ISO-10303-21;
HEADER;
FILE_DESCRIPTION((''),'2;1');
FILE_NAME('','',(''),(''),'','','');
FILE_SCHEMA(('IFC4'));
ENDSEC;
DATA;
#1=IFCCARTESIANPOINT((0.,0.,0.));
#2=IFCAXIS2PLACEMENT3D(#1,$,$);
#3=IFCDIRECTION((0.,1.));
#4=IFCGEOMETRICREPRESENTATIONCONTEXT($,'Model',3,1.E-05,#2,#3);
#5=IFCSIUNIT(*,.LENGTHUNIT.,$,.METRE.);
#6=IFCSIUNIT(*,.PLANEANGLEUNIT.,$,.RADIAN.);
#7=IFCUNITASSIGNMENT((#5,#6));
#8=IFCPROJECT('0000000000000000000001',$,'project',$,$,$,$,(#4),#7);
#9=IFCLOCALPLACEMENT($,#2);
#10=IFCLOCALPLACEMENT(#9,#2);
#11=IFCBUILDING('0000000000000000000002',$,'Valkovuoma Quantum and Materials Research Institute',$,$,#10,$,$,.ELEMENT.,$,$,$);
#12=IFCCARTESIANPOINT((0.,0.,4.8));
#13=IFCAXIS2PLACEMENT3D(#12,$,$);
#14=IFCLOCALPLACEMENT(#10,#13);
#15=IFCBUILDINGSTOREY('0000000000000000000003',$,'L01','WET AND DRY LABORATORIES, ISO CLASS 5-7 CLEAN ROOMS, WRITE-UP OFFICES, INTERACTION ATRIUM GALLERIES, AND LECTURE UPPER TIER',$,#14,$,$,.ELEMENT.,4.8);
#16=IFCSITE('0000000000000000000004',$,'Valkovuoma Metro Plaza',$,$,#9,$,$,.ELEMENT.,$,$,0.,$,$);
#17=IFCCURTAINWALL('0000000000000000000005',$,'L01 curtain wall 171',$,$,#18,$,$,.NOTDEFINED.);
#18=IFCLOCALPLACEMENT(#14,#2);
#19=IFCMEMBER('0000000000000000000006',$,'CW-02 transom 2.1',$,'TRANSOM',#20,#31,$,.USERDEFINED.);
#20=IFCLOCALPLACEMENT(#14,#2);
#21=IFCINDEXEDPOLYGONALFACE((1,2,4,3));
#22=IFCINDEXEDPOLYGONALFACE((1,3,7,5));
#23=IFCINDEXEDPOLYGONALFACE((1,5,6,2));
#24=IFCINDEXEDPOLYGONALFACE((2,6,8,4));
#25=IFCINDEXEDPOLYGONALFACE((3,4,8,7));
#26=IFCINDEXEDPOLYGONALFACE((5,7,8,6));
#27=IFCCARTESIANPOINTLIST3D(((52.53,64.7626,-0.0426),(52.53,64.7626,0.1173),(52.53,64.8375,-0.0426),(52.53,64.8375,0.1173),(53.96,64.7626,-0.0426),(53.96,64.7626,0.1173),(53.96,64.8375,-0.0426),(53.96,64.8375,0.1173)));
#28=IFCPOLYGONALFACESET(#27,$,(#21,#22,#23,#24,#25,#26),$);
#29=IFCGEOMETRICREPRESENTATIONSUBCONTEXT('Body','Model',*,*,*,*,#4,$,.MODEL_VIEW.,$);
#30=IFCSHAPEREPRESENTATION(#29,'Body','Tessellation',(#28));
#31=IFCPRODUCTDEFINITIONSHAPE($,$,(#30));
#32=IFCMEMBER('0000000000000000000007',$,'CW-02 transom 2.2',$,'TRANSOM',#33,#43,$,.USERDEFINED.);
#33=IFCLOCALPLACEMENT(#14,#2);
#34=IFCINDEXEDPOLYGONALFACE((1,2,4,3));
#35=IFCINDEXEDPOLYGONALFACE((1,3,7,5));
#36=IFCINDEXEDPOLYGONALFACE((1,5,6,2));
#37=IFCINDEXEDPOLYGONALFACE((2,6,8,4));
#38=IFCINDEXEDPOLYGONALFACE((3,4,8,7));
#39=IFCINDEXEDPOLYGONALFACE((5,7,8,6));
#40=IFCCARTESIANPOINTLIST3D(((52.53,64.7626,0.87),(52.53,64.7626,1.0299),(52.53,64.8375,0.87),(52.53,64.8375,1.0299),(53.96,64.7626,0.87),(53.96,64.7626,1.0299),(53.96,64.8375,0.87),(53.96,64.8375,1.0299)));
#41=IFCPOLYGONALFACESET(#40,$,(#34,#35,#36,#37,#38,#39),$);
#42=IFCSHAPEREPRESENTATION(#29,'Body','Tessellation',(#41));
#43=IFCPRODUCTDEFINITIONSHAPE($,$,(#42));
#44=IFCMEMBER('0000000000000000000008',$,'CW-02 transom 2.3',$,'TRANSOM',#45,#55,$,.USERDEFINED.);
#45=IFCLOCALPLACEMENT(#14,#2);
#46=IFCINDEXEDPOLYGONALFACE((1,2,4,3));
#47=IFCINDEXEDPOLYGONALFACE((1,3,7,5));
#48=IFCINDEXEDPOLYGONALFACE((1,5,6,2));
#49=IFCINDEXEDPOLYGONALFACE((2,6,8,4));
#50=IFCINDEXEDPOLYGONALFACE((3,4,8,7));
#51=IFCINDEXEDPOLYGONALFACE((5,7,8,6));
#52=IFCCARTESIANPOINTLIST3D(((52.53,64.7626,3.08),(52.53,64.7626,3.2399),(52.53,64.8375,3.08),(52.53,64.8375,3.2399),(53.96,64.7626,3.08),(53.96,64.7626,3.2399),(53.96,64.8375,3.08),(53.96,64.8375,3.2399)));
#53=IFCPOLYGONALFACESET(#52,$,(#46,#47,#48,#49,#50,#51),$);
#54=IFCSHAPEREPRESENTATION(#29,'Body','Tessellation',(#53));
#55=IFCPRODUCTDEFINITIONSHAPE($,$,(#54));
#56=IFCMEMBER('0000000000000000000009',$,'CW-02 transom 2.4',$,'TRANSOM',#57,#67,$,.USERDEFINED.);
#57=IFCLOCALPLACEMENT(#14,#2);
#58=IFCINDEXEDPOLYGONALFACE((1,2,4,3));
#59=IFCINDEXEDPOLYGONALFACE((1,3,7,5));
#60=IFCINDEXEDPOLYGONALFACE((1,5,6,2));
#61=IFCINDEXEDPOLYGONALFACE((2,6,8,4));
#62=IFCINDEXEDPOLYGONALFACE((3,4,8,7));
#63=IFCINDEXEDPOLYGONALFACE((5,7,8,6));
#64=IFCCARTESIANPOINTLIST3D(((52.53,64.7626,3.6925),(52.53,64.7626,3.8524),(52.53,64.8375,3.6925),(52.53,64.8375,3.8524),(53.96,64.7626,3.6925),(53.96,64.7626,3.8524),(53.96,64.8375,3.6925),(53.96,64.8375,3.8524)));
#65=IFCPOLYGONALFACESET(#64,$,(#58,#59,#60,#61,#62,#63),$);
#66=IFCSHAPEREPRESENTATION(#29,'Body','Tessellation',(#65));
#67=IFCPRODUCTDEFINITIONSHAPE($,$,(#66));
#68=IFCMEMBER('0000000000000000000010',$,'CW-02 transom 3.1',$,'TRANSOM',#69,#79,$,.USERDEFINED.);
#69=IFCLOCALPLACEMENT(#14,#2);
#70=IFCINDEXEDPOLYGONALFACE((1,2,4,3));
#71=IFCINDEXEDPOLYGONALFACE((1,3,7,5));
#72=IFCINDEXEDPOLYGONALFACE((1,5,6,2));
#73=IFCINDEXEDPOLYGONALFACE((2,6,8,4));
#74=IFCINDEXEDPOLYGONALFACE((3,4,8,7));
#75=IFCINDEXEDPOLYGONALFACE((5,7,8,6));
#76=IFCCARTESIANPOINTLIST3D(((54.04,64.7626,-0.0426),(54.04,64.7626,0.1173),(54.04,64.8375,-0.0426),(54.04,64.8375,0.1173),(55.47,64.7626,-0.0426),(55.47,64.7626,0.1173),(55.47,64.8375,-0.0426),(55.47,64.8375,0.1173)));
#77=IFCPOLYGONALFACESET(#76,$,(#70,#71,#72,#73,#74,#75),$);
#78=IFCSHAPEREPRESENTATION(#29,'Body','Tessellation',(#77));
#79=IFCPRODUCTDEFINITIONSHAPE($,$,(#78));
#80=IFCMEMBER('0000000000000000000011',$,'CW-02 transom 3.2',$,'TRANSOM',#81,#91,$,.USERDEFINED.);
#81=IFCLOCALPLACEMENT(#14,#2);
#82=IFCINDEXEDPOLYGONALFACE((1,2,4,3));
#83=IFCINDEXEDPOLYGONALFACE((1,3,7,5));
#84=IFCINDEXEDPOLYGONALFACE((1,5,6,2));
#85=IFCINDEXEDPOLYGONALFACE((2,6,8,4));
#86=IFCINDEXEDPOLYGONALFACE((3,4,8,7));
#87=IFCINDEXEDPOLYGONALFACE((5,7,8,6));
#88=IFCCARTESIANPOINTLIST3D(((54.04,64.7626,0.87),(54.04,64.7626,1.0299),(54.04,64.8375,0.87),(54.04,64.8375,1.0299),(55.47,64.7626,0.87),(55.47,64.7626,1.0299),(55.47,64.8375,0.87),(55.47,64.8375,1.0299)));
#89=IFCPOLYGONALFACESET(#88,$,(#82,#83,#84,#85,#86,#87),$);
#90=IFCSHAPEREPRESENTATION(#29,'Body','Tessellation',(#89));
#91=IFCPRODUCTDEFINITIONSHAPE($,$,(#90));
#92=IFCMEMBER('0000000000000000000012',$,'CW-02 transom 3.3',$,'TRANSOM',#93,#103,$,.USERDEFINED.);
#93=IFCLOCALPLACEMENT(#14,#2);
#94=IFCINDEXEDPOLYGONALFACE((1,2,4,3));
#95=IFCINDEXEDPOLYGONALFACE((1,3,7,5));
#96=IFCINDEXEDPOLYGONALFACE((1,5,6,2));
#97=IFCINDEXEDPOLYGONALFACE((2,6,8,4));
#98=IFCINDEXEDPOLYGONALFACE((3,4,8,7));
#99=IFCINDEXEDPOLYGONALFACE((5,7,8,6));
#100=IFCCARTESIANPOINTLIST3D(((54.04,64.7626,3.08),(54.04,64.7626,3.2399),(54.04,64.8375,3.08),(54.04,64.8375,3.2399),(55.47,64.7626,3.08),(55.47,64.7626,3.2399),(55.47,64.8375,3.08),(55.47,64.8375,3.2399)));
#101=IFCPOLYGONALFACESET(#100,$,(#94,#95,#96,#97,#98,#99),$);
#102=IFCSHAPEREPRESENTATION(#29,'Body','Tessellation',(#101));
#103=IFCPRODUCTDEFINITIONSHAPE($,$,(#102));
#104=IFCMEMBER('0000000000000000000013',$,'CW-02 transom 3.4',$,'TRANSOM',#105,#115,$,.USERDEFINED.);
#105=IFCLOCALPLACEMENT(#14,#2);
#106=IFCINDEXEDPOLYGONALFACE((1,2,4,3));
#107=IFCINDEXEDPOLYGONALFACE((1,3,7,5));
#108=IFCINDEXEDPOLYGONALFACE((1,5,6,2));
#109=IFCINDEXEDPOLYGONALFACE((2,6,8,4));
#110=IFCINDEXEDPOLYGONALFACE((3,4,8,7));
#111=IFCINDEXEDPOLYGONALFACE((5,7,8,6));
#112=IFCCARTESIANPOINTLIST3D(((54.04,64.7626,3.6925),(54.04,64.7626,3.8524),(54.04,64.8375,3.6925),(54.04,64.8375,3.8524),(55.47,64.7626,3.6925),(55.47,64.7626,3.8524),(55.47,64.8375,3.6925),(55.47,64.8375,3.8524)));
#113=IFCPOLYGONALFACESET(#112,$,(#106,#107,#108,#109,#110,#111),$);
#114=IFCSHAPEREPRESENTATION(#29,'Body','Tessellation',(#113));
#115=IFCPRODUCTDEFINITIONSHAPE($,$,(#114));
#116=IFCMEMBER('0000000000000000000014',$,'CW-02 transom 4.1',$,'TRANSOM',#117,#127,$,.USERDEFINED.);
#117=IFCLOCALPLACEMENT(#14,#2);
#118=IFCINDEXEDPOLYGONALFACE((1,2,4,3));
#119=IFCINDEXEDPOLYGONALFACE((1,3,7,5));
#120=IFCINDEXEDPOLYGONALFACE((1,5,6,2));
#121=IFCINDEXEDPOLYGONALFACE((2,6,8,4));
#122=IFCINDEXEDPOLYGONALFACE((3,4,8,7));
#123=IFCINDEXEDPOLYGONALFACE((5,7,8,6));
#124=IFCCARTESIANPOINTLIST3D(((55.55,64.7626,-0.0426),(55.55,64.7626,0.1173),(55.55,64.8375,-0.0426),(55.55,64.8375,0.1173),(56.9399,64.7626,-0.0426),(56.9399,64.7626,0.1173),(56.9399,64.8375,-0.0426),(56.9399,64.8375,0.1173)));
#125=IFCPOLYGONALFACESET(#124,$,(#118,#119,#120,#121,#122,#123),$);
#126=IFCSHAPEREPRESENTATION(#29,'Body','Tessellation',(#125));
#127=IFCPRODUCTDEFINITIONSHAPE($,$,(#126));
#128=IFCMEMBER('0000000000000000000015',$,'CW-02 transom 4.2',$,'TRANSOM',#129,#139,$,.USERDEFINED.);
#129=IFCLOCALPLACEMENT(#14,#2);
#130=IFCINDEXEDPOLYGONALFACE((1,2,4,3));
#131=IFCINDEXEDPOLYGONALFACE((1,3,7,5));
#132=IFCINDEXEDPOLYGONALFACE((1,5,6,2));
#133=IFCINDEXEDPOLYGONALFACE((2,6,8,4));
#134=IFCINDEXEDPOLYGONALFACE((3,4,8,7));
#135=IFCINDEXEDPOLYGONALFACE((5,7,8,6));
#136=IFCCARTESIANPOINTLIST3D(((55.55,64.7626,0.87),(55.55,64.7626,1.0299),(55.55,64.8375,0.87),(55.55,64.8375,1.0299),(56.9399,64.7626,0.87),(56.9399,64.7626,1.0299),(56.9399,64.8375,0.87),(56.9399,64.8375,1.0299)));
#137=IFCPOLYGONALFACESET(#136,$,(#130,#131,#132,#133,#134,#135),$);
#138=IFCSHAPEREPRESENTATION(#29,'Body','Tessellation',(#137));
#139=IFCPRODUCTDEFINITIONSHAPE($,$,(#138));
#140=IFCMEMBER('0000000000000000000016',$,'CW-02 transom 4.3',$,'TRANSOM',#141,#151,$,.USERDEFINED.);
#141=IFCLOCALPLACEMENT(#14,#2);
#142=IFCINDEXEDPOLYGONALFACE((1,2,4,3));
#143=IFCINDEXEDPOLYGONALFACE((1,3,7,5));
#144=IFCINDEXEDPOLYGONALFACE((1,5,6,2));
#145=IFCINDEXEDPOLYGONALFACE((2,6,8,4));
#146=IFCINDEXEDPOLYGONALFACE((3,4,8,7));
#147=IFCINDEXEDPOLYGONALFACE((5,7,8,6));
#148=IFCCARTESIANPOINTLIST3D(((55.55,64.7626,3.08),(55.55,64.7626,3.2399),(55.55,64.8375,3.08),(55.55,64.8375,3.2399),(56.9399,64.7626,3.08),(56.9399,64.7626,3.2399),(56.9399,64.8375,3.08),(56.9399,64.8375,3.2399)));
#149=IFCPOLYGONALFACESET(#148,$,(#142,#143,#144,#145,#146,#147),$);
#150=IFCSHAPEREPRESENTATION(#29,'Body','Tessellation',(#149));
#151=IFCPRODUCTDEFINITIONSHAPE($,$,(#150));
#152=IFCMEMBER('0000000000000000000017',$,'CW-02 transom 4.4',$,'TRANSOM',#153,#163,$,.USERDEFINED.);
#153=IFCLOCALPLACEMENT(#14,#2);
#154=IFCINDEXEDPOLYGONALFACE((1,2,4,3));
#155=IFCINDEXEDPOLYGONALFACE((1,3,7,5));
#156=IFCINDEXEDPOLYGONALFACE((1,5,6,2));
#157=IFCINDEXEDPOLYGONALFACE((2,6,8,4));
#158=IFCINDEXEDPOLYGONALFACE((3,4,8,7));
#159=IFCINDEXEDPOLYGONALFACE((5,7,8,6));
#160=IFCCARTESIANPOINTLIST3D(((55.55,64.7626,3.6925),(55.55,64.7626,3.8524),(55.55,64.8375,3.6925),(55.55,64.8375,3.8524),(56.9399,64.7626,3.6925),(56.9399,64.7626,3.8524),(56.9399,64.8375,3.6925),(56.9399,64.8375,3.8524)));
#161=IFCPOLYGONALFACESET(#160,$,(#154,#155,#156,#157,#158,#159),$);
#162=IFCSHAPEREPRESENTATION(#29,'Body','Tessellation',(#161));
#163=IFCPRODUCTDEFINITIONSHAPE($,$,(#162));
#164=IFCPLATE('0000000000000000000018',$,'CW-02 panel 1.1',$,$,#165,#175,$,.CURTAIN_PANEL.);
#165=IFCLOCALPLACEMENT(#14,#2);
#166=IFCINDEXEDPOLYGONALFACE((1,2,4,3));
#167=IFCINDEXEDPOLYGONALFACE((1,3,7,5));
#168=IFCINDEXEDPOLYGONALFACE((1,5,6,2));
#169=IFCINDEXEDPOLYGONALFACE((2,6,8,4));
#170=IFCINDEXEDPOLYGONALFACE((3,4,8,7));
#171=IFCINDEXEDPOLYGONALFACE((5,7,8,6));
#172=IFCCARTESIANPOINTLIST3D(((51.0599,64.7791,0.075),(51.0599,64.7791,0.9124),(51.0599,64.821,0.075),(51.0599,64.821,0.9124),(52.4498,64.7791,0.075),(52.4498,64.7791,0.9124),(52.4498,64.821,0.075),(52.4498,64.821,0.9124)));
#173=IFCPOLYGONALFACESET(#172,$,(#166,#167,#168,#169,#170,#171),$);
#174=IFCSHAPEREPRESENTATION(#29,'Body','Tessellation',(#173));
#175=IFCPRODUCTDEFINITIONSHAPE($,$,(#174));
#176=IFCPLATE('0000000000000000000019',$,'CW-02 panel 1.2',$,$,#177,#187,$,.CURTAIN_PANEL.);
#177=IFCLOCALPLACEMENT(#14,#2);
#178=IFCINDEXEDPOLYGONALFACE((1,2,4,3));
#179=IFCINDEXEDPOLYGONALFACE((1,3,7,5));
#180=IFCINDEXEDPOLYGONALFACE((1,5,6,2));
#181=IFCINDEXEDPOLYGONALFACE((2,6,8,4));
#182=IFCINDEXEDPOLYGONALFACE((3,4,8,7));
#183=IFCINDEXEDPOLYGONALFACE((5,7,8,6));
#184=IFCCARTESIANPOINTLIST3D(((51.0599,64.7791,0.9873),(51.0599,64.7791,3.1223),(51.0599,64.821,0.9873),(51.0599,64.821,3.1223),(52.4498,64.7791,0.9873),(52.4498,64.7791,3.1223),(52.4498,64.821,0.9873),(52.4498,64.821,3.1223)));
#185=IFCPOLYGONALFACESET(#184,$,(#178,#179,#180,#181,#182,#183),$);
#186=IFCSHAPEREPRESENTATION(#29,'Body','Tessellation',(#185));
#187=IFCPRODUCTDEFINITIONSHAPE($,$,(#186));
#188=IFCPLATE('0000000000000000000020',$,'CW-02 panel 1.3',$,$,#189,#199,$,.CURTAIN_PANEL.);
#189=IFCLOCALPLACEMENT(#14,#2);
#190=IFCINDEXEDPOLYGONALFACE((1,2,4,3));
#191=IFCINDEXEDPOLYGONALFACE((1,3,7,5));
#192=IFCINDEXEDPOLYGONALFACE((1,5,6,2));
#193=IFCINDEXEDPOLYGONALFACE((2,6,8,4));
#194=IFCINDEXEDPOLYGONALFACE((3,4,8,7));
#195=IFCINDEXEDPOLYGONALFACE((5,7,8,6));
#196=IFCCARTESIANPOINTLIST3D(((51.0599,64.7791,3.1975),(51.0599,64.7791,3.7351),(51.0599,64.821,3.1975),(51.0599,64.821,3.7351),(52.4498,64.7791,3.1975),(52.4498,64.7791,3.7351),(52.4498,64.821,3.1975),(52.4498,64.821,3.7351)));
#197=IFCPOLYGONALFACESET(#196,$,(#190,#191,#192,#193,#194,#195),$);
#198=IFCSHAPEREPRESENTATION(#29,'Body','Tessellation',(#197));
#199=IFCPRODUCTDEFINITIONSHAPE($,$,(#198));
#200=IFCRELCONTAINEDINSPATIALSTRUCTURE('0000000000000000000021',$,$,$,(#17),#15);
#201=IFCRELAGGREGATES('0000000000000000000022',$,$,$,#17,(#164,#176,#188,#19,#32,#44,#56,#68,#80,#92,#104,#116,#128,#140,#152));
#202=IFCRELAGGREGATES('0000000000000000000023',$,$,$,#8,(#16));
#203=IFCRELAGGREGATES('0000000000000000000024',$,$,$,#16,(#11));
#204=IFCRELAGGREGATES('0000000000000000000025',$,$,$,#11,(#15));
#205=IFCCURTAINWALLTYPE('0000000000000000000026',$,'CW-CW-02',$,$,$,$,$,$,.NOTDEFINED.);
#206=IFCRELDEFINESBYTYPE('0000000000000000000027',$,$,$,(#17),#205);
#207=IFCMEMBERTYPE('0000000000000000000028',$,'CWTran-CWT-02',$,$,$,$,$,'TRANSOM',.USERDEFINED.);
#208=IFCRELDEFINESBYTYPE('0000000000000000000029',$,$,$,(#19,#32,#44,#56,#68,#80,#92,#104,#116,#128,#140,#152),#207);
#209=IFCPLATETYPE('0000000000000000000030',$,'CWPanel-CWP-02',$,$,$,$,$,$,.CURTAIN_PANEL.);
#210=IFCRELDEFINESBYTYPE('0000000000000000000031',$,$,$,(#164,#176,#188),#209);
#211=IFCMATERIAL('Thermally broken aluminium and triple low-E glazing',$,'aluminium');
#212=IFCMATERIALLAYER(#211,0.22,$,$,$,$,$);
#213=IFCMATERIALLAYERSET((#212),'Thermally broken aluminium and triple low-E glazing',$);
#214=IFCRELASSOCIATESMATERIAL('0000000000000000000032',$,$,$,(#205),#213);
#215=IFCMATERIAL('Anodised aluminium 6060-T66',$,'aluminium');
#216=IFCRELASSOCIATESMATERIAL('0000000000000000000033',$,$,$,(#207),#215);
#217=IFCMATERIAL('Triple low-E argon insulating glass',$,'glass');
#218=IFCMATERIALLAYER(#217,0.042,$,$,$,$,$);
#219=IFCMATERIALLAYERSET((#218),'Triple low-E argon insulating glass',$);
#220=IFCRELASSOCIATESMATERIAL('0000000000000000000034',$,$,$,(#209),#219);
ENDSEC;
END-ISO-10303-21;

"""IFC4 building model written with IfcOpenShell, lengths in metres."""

from ifc_helpers import new_model, si_unit, direction, frame, origin, origin_2d, place, context, subcontext, project, spatial, rectangle, extrude, material, layer, layer_set, material_profile, profile_set, type_object, element, aggregate, save


model = new_model("IFC4")

# Units and contexts
model_context = context("Model", 3, precision=1e-05, world=origin(), true_north=direction((0.0, 1.0)))
body_context = subcontext(model_context, "Body", "Model", "MODEL_VIEW")
ifc_project = project(units=[si_unit("LENGTHUNIT", "METRE"), si_unit("PLANEANGLEUNIT", "RADIAN")], contexts=[model_context])

# Site, building, storey
site_placement = place(None, origin())
site = spatial("IfcSite", under=ifc_project, at=site_placement, Name="Valkovuoma Metro Plaza", CompositionType="ELEMENT", RefElevation=0.0)
building_placement = place(site_placement, origin())
building = spatial("IfcBuilding", under=site, at=building_placement, Name="Valkovuoma Quantum and Materials Research Institute", CompositionType="ELEMENT")
storey_placement = place(building_placement, frame((0.0, 0.0, 4.8)))
storey = spatial("IfcBuildingStorey", under=building, at=storey_placement, Name="L01", Description="WET AND DRY LABORATORIES, ISO CLASS 5-7 CLEAN ROOMS, WRITE-UP OFFICES, INTERACTION ATRIUM GALLERIES, AND LECTURE UPPER TIER", CompositionType="ELEMENT", Elevation=4.8)

# Curtain wall, members, plates
ifc_material_1 = material(Name="Thermally broken aluminium and triple low-E glazing", Category="aluminium")
ifc_layer_1 = layer(ifc_material_1, 0.22)
ifc_layer_set_1 = layer_set([ifc_layer_1], Name="Thermally broken aluminium and triple low-E glazing")
curtain_wall_type = type_object("IfcCurtainWallType", Name="CW-CW-02", PredefinedType="NOTDEFINED", material=ifc_layer_set_1)
curtain_wall_placement = place(storey_placement, origin())
curtain_wall = element("IfcCurtainWall", 1, at=curtain_wall_placement, inside=storey, type_object=curtain_wall_type, Name="L01 curtain wall 171", PredefinedType="NOTDEFINED")
ifc_material_2 = material(Name="Anodised aluminium 6060-T66", Category="aluminium")
ifc_material_profile_1 = material_profile(ifc_material_2, rectangle(XDim=0.075, YDim=0.1599, at=origin_2d()), Name="Anodised aluminium 6060-T66")
ifc_profile_set_1 = profile_set([ifc_material_profile_1], Name="Anodised aluminium 6060-T66")
member_type_1 = type_object("IfcMemberType", Name="CWTran-CWT-02", ElementType="TRANSOM", PredefinedType="USERDEFINED", material=ifc_profile_set_1)
member_1_placement = place(storey_placement, frame((52.53, 64.8, 0.0374), z_axis=(1.0, 0.0, 0.0), x_axis=(0.0, 1.0, 0.0)))
member_1 = element("IfcMember", 2, at=member_1_placement, type_object=member_type_1, Name="CW-02 transom 2.1", ObjectType="TRANSOM", PredefinedType="USERDEFINED", context=body_context, shape_type="SweptSolid", body=[
    extrude(rectangle(XDim=0.075, YDim=0.1599, at=origin_2d()), origin(), (0.0, 0.0, 1.0), 1.4299),
])
member_2_placement = place(storey_placement, frame((52.53, 64.8, 0.95), z_axis=(1.0, 0.0, 0.0), x_axis=(0.0, 1.0, 0.0)))
member_2 = element("IfcMember", 3, at=member_2_placement, type_object=member_type_1, Name="CW-02 transom 2.2", ObjectType="TRANSOM", PredefinedType="USERDEFINED", context=body_context, shape_type="SweptSolid", body=[
    extrude(rectangle(XDim=0.075, YDim=0.1599, at=origin_2d()), origin(), (0.0, 0.0, 1.0), 1.4299),
])
member_3_placement = place(storey_placement, frame((52.53, 64.8, 3.1599), z_axis=(1.0, 0.0, 0.0), x_axis=(0.0, 1.0, 0.0)))
member_3 = element("IfcMember", 4, at=member_3_placement, type_object=member_type_1, Name="CW-02 transom 2.3", ObjectType="TRANSOM", PredefinedType="USERDEFINED", context=body_context, shape_type="SweptSolid", body=[
    extrude(rectangle(XDim=0.075, YDim=0.1599, at=origin_2d()), origin(), (0.0, 0.0, 1.0), 1.4299),
])
member_4_placement = place(storey_placement, frame((52.53, 64.8, 3.7725), z_axis=(1.0, 0.0, 0.0), x_axis=(0.0, 1.0, 0.0)))
member_4 = element("IfcMember", 5, at=member_4_placement, type_object=member_type_1, Name="CW-02 transom 2.4", ObjectType="TRANSOM", PredefinedType="USERDEFINED", context=body_context, shape_type="SweptSolid", body=[
    extrude(rectangle(XDim=0.075, YDim=0.1599, at=origin_2d()), origin(), (0.0, 0.0, 1.0), 1.4299),
])
member_5_placement = place(storey_placement, frame((54.04, 64.8, 0.0374), z_axis=(1.0, 0.0, 0.0), x_axis=(0.0, 1.0, 0.0)))
member_5 = element("IfcMember", 6, at=member_5_placement, type_object=member_type_1, Name="CW-02 transom 3.1", ObjectType="TRANSOM", PredefinedType="USERDEFINED", context=body_context, shape_type="SweptSolid", body=[
    extrude(rectangle(XDim=0.075, YDim=0.1599, at=origin_2d()), origin(), (0.0, 0.0, 1.0), 1.4299),
])
member_6_placement = place(storey_placement, frame((54.04, 64.8, 0.95), z_axis=(1.0, 0.0, 0.0), x_axis=(0.0, 1.0, 0.0)))
member_6 = element("IfcMember", 7, at=member_6_placement, type_object=member_type_1, Name="CW-02 transom 3.2", ObjectType="TRANSOM", PredefinedType="USERDEFINED", context=body_context, shape_type="SweptSolid", body=[
    extrude(rectangle(XDim=0.075, YDim=0.1599, at=origin_2d()), origin(), (0.0, 0.0, 1.0), 1.4299),
])
member_7_placement = place(storey_placement, frame((54.04, 64.8, 3.1599), z_axis=(1.0, 0.0, 0.0), x_axis=(0.0, 1.0, 0.0)))
member_7 = element("IfcMember", 8, at=member_7_placement, type_object=member_type_1, Name="CW-02 transom 3.3", ObjectType="TRANSOM", PredefinedType="USERDEFINED", context=body_context, shape_type="SweptSolid", body=[
    extrude(rectangle(XDim=0.075, YDim=0.1599, at=origin_2d()), origin(), (0.0, 0.0, 1.0), 1.4299),
])
member_8_placement = place(storey_placement, frame((54.04, 64.8, 3.7725), z_axis=(1.0, 0.0, 0.0), x_axis=(0.0, 1.0, 0.0)))
member_8 = element("IfcMember", 9, at=member_8_placement, type_object=member_type_1, Name="CW-02 transom 3.4", ObjectType="TRANSOM", PredefinedType="USERDEFINED", context=body_context, shape_type="SweptSolid", body=[
    extrude(rectangle(XDim=0.075, YDim=0.1599, at=origin_2d()), origin(), (0.0, 0.0, 1.0), 1.4299),
])
member_9_placement = place(storey_placement, frame((55.55, 64.8, 0.0374), z_axis=(1.0, 0.0, 0.0), x_axis=(0.0, 1.0, 0.0)))
member_9 = element("IfcMember", 10, at=member_9_placement, type_object=member_type_1, Name="CW-02 transom 4.1", ObjectType="TRANSOM", PredefinedType="USERDEFINED", context=body_context, shape_type="SweptSolid", body=[
    extrude(rectangle(XDim=0.075, YDim=0.1599, at=origin_2d()), origin(), (0.0, 0.0, 1.0), 1.3899),
])
member_10_placement = place(storey_placement, frame((55.55, 64.8, 0.95), z_axis=(1.0, 0.0, 0.0), x_axis=(0.0, 1.0, 0.0)))
member_10 = element("IfcMember", 11, at=member_10_placement, type_object=member_type_1, Name="CW-02 transom 4.2", ObjectType="TRANSOM", PredefinedType="USERDEFINED", context=body_context, shape_type="SweptSolid", body=[
    extrude(rectangle(XDim=0.075, YDim=0.1599, at=origin_2d()), origin(), (0.0, 0.0, 1.0), 1.3899),
])
member_11_placement = place(storey_placement, frame((55.55, 64.8, 3.1599), z_axis=(1.0, 0.0, 0.0), x_axis=(0.0, 1.0, 0.0)))
member_11 = element("IfcMember", 12, at=member_11_placement, type_object=member_type_1, Name="CW-02 transom 4.3", ObjectType="TRANSOM", PredefinedType="USERDEFINED", context=body_context, shape_type="SweptSolid", body=[
    extrude(rectangle(XDim=0.075, YDim=0.1599, at=origin_2d()), origin(), (0.0, 0.0, 1.0), 1.3899),
])
member_12_placement = place(storey_placement, frame((55.55, 64.8, 3.7725), z_axis=(1.0, 0.0, 0.0), x_axis=(0.0, 1.0, 0.0)))
member_12 = element("IfcMember", 13, at=member_12_placement, type_object=member_type_1, Name="CW-02 transom 4.4", ObjectType="TRANSOM", PredefinedType="USERDEFINED", context=body_context, shape_type="SweptSolid", body=[
    extrude(rectangle(XDim=0.075, YDim=0.1599, at=origin_2d()), origin(), (0.0, 0.0, 1.0), 1.3899),
])
ifc_material_3 = material(Name="Triple low-E argon insulating glass", Category="glass")
ifc_layer_2 = layer(ifc_material_3, 0.042)
ifc_layer_set_2 = layer_set([ifc_layer_2], Name="Triple low-E argon insulating glass")
plate_type = type_object("IfcPlateType", Name="CWPanel-CWP-02", PredefinedType="CURTAIN_PANEL", material=ifc_layer_set_2)
plate_1_placement = place(storey_placement, frame((51.7549, 64.8, 0.075), z_axis=(0.0, 0.0, 1.0), x_axis=(1.0, 0.0, 0.0)))
plate_1 = element("IfcPlate", 14, at=plate_1_placement, type_object=plate_type, Name="CW-02 panel 1.1", PredefinedType="CURTAIN_PANEL", context=body_context, shape_type="SweptSolid", body=[
    extrude(rectangle(XDim=1.3899, YDim=0.042, at=origin_2d()), origin(), (0.0, 0.0, 1.0), 0.8374),
])
plate_2_placement = place(storey_placement, frame((51.7549, 64.8, 0.9873), z_axis=(0.0, 0.0, 1.0), x_axis=(1.0, 0.0, 0.0)))
plate_2 = element("IfcPlate", 15, at=plate_2_placement, type_object=plate_type, Name="CW-02 panel 1.2", PredefinedType="CURTAIN_PANEL", context=body_context, shape_type="SweptSolid", body=[
    extrude(rectangle(XDim=1.3899, YDim=0.042, at=origin_2d()), origin(), (0.0, 0.0, 1.0), 2.135),
])
plate_3_placement = place(storey_placement, frame((51.7549, 64.8, 3.1975), z_axis=(0.0, 0.0, 1.0), x_axis=(1.0, 0.0, 0.0)))
plate_3 = element("IfcPlate", 16, at=plate_3_placement, type_object=plate_type, Name="CW-02 panel 1.3", PredefinedType="CURTAIN_PANEL", context=body_context, shape_type="SweptSolid", body=[
    extrude(rectangle(XDim=1.3899, YDim=0.042, at=origin_2d()), origin(), (0.0, 0.0, 1.0), 0.5376),
])
aggregate(curtain_wall, [plate_1, plate_2, plate_3, member_1, member_2, member_3, member_4, member_5, member_6, member_7, member_8, member_9, member_10, member_11, member_12])

save(model, "model.ifc")
